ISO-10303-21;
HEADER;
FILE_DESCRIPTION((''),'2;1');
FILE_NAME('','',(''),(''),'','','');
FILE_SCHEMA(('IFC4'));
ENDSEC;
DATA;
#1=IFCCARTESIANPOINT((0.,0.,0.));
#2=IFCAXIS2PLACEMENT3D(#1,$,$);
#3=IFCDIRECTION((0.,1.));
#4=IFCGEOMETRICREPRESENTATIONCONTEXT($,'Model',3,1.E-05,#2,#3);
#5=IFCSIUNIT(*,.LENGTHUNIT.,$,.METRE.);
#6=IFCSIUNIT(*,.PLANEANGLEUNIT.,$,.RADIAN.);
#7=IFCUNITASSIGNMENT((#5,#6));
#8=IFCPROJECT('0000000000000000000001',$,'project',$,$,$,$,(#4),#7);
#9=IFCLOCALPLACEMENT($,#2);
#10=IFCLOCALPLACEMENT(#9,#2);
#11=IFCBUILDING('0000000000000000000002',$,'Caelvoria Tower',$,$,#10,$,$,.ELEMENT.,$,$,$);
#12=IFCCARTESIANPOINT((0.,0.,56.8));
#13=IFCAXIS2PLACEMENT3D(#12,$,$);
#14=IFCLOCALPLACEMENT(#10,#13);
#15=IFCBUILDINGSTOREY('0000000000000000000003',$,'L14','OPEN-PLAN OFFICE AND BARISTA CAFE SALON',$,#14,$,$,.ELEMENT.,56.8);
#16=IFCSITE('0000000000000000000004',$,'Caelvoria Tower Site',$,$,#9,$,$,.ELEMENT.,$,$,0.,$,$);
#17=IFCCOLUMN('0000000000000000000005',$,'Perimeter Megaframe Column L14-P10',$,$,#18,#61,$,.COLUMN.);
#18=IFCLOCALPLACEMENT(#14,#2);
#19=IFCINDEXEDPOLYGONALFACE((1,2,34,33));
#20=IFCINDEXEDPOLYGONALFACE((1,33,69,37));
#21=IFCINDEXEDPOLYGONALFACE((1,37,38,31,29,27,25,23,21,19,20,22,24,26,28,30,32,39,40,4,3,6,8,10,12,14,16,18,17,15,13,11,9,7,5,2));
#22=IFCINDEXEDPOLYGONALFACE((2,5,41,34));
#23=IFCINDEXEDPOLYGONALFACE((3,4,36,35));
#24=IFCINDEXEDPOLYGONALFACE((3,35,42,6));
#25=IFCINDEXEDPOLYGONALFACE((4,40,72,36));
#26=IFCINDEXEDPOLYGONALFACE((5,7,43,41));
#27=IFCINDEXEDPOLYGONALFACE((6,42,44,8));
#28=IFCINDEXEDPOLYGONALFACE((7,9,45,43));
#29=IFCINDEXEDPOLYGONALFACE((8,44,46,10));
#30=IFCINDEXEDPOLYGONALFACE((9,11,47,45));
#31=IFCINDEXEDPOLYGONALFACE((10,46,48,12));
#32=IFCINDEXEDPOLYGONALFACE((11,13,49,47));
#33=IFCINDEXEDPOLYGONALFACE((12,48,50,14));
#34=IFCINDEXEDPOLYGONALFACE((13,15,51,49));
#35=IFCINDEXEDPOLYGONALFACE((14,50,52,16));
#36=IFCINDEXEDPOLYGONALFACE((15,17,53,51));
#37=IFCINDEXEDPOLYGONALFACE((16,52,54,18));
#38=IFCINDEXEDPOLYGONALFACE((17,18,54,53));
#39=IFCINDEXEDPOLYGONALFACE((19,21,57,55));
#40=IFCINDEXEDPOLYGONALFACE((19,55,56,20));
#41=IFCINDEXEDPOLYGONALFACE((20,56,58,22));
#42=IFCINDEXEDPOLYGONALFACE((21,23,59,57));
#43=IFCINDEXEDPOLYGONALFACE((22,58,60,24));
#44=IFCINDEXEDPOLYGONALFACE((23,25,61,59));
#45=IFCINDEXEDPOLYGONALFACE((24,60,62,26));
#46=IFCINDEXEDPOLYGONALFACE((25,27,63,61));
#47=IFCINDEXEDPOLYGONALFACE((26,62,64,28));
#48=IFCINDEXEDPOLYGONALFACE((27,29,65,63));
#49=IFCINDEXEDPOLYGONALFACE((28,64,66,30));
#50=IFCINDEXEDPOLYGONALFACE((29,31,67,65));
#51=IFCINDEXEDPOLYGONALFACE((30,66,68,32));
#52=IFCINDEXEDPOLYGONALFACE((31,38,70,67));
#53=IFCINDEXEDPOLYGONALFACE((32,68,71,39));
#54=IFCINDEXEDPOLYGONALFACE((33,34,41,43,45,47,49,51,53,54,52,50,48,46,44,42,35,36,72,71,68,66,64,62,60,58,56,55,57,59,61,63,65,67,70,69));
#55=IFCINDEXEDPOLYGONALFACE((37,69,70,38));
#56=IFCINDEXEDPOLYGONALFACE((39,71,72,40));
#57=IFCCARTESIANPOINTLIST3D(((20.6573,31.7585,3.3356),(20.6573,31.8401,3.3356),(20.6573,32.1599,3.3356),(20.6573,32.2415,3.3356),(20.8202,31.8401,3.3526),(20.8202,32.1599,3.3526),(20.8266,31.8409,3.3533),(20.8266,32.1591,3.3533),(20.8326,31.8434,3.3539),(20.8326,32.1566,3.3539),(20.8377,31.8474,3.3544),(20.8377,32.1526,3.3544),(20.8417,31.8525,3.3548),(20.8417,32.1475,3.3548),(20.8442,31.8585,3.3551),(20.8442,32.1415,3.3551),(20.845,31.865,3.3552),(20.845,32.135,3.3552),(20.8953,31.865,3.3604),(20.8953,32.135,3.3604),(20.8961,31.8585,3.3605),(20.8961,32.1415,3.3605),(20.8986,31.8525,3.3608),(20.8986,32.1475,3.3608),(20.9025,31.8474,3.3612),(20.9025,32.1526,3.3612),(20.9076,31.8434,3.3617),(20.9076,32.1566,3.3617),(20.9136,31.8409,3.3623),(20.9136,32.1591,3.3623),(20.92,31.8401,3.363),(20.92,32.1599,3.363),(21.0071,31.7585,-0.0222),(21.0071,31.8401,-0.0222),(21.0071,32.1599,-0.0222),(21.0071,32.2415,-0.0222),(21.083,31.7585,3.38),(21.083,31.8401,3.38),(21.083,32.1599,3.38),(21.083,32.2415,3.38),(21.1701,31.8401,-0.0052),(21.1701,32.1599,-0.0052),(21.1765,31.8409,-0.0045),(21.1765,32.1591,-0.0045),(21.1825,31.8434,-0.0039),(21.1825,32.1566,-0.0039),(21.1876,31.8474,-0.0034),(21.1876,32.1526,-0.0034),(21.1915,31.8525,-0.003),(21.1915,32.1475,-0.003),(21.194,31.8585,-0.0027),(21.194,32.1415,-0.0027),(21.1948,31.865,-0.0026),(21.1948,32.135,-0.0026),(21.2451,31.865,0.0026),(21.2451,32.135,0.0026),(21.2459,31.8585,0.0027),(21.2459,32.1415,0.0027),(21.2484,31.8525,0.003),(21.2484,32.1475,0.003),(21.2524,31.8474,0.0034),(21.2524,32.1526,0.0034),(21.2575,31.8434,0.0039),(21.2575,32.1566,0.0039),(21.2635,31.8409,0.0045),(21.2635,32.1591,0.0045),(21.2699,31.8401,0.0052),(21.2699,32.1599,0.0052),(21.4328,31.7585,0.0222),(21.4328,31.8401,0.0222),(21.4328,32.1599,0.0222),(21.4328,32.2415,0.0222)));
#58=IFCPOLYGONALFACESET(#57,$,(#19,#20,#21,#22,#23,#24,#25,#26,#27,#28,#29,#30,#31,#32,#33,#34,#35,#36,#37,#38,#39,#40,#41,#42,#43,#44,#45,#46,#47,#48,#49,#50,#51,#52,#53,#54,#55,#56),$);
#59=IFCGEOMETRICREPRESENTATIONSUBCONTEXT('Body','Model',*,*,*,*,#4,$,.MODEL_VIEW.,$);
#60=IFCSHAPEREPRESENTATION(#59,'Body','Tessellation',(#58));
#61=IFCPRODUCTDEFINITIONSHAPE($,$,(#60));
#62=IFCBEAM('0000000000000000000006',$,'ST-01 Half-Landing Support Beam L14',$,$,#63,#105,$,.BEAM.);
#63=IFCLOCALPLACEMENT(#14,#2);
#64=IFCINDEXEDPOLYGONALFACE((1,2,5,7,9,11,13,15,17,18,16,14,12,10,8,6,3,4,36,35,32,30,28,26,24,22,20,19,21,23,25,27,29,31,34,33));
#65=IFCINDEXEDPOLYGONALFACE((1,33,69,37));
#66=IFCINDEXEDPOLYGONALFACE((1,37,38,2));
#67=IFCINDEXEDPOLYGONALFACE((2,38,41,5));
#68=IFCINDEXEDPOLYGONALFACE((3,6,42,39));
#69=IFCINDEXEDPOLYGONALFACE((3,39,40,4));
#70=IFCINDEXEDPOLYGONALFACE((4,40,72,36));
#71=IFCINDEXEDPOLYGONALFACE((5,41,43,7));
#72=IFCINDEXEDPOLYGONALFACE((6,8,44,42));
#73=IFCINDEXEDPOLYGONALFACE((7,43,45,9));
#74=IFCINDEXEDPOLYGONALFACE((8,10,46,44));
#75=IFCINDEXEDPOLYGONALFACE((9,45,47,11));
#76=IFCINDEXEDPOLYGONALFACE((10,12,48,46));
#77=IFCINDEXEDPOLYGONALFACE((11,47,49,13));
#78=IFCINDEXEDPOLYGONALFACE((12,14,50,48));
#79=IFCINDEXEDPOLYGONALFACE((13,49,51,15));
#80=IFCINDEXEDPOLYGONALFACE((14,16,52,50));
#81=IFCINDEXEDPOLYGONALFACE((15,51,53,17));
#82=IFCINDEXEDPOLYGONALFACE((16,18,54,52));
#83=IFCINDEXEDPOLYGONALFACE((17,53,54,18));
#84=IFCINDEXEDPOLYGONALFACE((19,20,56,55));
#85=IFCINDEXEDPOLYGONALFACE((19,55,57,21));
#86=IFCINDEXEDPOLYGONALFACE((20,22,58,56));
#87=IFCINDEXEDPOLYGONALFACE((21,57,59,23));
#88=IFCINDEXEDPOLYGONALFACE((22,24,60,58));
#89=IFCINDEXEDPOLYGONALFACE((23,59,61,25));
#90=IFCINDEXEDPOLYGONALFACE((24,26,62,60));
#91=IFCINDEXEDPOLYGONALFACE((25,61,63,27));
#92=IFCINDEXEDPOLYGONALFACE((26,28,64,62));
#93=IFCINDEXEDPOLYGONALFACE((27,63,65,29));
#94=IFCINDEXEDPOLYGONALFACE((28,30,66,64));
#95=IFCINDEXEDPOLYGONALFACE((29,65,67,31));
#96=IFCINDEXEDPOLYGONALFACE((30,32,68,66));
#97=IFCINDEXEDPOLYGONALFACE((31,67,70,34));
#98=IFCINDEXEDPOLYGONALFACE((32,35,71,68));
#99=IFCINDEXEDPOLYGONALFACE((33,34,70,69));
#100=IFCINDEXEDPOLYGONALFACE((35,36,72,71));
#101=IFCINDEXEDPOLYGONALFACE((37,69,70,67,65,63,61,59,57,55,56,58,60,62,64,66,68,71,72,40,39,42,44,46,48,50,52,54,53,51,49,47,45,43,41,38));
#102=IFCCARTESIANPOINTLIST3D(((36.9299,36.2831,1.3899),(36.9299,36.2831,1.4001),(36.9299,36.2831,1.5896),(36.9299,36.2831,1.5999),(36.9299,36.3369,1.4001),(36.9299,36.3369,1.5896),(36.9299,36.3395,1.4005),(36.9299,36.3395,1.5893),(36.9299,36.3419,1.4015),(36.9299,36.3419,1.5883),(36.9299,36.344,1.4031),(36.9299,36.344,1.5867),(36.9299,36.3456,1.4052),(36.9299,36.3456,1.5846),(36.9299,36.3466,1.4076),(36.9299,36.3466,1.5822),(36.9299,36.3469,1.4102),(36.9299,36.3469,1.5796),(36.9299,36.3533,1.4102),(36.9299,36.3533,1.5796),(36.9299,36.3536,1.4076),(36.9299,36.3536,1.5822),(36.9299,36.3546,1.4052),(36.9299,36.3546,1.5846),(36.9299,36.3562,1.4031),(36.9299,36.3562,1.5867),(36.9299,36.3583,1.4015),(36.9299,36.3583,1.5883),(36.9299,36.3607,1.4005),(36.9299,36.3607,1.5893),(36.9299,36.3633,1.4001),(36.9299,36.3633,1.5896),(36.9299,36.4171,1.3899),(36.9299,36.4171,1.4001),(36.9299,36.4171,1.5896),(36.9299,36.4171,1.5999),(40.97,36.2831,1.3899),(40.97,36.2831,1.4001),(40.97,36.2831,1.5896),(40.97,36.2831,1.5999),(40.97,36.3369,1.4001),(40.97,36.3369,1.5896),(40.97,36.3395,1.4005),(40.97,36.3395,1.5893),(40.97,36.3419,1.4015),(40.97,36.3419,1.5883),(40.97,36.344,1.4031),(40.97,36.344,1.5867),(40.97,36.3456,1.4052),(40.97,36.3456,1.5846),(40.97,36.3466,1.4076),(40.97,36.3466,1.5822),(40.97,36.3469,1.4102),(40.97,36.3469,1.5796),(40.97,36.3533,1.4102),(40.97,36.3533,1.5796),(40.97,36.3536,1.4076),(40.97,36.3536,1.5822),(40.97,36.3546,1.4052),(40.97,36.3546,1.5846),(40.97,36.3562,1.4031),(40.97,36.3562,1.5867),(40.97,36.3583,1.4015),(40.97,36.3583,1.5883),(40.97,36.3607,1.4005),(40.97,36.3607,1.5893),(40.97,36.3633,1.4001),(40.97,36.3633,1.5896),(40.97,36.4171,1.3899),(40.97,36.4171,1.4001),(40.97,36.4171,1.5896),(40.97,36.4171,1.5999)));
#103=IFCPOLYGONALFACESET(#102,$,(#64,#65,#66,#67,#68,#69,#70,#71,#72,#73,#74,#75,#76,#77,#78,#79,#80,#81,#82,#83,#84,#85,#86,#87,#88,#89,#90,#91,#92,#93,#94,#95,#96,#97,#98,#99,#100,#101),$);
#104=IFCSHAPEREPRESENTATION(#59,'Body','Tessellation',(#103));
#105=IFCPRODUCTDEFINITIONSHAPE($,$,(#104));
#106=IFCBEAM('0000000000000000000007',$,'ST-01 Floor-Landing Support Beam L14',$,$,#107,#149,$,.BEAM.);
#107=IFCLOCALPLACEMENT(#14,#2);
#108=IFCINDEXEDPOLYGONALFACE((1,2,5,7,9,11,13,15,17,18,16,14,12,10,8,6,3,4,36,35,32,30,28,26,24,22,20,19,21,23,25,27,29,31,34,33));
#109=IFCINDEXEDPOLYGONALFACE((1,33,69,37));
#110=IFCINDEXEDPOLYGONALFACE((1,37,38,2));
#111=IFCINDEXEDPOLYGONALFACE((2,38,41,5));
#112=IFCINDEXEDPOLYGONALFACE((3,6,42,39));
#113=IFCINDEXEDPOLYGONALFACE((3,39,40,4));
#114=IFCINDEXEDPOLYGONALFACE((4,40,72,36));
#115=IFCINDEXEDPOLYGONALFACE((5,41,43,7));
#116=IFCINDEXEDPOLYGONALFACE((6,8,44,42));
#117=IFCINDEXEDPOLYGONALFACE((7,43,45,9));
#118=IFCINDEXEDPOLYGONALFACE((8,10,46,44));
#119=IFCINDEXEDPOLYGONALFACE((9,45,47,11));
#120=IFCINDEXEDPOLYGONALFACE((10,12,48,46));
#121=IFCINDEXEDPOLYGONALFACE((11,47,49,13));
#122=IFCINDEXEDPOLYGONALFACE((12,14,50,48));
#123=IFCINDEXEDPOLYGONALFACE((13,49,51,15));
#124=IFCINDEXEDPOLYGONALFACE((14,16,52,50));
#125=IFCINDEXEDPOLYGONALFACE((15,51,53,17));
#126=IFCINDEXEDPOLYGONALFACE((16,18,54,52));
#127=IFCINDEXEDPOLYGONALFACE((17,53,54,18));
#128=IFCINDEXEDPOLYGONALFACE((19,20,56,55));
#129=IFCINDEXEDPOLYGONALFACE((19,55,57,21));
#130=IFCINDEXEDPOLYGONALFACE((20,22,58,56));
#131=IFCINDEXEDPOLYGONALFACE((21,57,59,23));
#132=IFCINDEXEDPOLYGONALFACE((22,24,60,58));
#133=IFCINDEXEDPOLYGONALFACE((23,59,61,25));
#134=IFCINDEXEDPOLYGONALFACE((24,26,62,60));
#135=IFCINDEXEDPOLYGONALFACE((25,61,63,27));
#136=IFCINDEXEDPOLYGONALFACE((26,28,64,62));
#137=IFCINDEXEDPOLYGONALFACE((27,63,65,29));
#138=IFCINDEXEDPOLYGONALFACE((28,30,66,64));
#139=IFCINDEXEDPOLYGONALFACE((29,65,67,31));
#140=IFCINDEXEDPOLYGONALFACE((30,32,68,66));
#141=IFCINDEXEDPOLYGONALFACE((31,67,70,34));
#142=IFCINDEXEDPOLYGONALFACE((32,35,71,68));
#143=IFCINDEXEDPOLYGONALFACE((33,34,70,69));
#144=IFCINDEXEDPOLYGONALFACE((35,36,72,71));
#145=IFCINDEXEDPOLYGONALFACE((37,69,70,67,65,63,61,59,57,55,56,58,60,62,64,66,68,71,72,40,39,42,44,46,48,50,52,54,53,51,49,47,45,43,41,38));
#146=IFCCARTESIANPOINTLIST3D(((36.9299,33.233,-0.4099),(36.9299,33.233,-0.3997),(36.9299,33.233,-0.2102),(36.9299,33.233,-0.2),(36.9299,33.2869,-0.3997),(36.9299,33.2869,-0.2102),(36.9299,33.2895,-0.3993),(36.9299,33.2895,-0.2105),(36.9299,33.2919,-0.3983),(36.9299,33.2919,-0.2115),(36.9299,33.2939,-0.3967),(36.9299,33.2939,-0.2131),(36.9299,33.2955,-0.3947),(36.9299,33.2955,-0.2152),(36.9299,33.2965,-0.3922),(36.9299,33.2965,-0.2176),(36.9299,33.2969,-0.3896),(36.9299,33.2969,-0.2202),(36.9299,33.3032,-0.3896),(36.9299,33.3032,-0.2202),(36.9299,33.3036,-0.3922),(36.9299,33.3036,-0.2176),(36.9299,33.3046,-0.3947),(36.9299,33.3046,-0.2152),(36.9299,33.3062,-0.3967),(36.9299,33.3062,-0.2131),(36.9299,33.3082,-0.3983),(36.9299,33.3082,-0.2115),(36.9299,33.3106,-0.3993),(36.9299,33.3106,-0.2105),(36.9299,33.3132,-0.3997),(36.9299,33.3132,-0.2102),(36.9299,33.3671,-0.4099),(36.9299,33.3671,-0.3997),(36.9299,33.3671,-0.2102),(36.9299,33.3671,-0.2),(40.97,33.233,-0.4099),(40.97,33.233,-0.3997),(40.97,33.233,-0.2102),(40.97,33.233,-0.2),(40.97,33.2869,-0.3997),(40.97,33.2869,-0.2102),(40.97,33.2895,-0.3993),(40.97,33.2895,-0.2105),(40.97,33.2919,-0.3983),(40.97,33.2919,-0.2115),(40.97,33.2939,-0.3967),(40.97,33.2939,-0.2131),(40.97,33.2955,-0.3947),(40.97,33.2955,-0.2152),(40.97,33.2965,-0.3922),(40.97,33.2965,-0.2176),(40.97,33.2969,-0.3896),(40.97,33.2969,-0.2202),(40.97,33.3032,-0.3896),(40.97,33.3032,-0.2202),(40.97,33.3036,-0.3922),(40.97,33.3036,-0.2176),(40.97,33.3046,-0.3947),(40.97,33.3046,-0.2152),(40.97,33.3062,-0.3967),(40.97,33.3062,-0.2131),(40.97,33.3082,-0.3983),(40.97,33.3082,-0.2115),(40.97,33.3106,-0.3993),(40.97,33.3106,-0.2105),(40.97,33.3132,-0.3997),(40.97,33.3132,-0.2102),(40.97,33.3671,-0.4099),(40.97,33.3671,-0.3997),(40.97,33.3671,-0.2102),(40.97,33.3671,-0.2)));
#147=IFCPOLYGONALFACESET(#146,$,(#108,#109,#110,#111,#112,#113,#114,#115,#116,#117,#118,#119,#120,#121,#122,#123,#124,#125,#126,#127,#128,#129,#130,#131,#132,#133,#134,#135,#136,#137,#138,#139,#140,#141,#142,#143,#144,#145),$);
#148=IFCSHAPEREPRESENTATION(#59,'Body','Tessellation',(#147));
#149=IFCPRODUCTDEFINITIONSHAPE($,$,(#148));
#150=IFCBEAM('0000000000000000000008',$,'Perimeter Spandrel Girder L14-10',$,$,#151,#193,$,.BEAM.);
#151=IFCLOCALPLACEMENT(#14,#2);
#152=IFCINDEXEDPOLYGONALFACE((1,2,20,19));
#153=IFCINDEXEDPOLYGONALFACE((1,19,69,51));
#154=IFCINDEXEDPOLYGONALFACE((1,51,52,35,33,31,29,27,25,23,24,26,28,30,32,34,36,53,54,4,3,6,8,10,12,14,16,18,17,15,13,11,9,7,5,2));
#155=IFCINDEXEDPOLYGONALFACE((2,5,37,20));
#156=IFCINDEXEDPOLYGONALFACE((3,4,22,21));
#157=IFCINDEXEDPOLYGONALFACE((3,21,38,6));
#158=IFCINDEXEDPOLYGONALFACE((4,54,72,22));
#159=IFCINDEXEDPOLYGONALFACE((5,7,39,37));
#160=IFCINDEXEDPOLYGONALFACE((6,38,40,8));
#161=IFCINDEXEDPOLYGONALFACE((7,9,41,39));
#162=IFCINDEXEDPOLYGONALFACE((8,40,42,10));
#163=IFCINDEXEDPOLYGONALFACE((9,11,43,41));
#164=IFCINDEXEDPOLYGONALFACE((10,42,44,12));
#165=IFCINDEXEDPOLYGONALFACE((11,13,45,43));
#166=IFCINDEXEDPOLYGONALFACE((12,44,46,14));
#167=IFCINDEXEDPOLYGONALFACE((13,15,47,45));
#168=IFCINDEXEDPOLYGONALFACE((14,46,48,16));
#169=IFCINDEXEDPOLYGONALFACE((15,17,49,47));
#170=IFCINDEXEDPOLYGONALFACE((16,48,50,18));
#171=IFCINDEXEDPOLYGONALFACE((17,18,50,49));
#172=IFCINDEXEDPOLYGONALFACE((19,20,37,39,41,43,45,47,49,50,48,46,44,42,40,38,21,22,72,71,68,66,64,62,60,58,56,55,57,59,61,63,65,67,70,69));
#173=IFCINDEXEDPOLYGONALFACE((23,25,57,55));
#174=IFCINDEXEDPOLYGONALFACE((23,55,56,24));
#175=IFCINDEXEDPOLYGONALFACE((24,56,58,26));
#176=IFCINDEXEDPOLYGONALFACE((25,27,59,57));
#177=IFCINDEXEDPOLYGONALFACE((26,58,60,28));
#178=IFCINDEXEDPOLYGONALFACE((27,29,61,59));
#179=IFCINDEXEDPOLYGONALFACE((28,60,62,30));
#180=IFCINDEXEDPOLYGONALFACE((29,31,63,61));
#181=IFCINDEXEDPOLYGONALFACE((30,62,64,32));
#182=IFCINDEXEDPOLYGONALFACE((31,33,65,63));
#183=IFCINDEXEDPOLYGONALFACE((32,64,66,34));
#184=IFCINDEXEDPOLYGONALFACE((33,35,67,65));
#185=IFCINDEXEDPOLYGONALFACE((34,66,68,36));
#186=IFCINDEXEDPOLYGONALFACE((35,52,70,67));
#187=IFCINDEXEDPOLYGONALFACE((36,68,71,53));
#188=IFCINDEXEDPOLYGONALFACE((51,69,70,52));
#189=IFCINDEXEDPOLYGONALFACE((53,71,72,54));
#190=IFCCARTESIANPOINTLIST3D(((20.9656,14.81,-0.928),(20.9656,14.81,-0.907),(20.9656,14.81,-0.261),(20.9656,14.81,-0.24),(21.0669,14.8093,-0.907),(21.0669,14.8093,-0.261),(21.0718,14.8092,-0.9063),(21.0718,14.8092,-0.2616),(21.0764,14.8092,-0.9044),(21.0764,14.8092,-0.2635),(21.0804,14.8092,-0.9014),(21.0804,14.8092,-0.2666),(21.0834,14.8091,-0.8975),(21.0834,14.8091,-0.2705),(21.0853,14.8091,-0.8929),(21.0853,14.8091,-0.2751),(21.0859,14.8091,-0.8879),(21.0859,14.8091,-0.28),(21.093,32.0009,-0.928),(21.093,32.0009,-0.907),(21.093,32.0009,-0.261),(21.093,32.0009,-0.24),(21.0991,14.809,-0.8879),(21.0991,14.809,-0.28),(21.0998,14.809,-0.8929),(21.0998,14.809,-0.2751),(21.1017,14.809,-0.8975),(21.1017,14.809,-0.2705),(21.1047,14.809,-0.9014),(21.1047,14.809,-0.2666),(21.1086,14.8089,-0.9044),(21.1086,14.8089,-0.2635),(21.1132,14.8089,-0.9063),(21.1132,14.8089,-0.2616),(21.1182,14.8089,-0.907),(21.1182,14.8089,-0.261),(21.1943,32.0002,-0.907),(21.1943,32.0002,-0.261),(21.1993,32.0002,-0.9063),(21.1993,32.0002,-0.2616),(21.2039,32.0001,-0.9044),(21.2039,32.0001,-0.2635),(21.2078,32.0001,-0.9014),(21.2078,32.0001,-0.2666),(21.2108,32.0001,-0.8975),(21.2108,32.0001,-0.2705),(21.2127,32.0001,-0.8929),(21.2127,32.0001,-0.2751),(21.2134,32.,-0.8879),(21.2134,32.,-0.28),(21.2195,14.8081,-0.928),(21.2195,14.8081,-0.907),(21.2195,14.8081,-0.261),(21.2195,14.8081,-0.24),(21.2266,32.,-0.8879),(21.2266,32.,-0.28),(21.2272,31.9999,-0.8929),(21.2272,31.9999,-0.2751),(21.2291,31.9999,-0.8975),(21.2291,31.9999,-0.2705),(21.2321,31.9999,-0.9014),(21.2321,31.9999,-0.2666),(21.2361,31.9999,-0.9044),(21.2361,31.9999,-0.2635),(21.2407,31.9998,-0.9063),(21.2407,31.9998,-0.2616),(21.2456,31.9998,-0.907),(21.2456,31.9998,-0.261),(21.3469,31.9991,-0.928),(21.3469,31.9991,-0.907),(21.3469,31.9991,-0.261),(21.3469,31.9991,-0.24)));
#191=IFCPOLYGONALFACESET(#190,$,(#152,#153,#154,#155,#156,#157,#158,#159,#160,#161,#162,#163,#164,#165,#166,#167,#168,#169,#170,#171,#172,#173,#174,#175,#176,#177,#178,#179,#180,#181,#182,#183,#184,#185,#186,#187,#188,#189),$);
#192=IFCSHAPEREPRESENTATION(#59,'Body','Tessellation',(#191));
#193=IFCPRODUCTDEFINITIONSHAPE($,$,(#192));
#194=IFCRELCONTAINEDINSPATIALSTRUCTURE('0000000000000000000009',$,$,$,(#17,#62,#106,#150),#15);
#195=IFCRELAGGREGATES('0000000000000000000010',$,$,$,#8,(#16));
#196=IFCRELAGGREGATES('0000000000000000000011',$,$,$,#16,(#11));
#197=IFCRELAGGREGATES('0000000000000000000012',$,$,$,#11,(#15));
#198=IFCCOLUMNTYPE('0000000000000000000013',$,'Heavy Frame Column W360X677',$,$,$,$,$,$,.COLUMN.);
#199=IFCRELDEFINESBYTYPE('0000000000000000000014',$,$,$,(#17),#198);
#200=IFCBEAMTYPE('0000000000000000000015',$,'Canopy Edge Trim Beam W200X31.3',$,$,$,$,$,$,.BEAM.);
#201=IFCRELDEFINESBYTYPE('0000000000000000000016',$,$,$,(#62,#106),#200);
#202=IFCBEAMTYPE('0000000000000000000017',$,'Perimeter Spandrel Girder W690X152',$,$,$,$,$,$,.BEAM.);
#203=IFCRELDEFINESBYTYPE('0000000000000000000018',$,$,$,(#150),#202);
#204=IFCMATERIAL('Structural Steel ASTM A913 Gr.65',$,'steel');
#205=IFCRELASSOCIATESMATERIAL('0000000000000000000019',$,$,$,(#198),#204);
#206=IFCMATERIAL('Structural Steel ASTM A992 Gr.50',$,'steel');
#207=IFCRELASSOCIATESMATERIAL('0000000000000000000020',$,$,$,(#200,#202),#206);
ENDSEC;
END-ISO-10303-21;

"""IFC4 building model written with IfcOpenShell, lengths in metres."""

from ifc_helpers import new_model, si_unit, direction, frame, origin, origin_2d, place, context, subcontext, project, spatial, i_section, extrude, material, material_profile, profile_set, type_object, element, save


model = new_model("IFC4")

# Units and contexts
model_context = context("Model", 3, precision=1e-05, world=origin(), true_north=direction((0.0, 1.0)))
body_context = subcontext(model_context, "Body", "Model", "MODEL_VIEW")
ifc_project = project(units=[si_unit("LENGTHUNIT", "METRE"), si_unit("PLANEANGLEUNIT", "RADIAN")], contexts=[model_context])

# Site, building, storey
site_placement = place(None, origin())
site = spatial("IfcSite", under=ifc_project, at=site_placement, Name="Caelvoria Tower Site", CompositionType="ELEMENT", RefElevation=0.0)
building_placement = place(site_placement, origin())
building = spatial("IfcBuilding", under=site, at=building_placement, Name="Caelvoria Tower", CompositionType="ELEMENT")
storey_placement = place(building_placement, frame((0.0, 0.0, 56.8)))
storey = spatial("IfcBuildingStorey", under=building, at=storey_placement, Name="L14", Description="OPEN-PLAN OFFICE AND BARISTA CAFE SALON", CompositionType="ELEMENT", Elevation=56.8)

# Column
ifc_material_1 = material(Name="Structural Steel ASTM A913 Gr.65", Category="steel")
ifc_material_profile_1 = material_profile(ifc_material_1, i_section(OverallWidth=0.428, OverallDepth=0.4829, WebThickness=0.0505, FlangeThickness=0.0815, FilletRadius=0.0249, at=origin_2d()), Name="Structural Steel ASTM A913 Gr.65")
ifc_profile_set_1 = profile_set([ifc_material_profile_1], Name="W360X677 - Structural Steel ASTM A913 Gr.65")
column_type = type_object("IfcColumnType", Name="Heavy Frame Column W360X677", PredefinedType="COLUMN", material=ifc_profile_set_1)
column_placement = place(storey_placement, frame((21.22, 32.0, 0.0), z_axis=(-0.103627, 0.0, 0.994616), x_axis=(0.994616, 0.0, 0.103627)))
element("IfcColumn", 1, at=column_placement, inside=storey, type_object=column_type, Name="Perimeter Megaframe Column L14-P10", PredefinedType="COLUMN", context=body_context, shape_type="SweptSolid", body=[
    extrude(i_section(OverallWidth=0.428, OverallDepth=0.4829, WebThickness=0.0505, FlangeThickness=0.0815, FilletRadius=0.0249, at=origin_2d()), origin(), (0.0, 0.0, 1.0), 3.376),
])

# Beams
ifc_material_2 = material(Name="Structural Steel ASTM A992 Gr.50", Category="steel")
ifc_material_profile_2 = material_profile(ifc_material_2, i_section(OverallWidth=0.134, OverallDepth=0.21, WebThickness=0.0063, FlangeThickness=0.0103, FilletRadius=0.01, at=origin_2d()), Name="Structural Steel ASTM A992 Gr.50")
ifc_profile_set_2 = profile_set([ifc_material_profile_2], Name="W200X31.3 - Structural Steel ASTM A992 Gr.50")
beam_type_1 = type_object("IfcBeamType", Name="Canopy Edge Trim Beam W200X31.3", PredefinedType="BEAM", material=ifc_profile_set_2)
for number, where, z_axis, x_axis, name in (
    (2, (36.9299, 36.3501, 1.4949), (1.0, 0.0, 0.0), (0.0, 1.0, 0.0), "ST-01 Half-Landing Support Beam L14"),
    (3, (36.9299, 33.3, -0.3049), (1.0, 0.0, 0.0), (0.0, 1.0, 0.0), "ST-01 Floor-Landing Support Beam L14"),
):
    element("IfcBeam", number, at=place(storey_placement, frame(where, z_axis=z_axis, x_axis=x_axis)), inside=storey, type_object=beam_type_1, Name=name, PredefinedType="BEAM", context=body_context, shape_type="SweptSolid", body=[
        extrude(i_section(OverallWidth=0.134, OverallDepth=0.21, WebThickness=0.0063, FlangeThickness=0.0103, FilletRadius=0.01, at=origin_2d()), origin(), (0.0, 0.0, 1.0), 4.04),
    ])
ifc_material_profile_3 = material_profile(ifc_material_2, i_section(OverallWidth=0.2539, OverallDepth=0.688, WebThickness=0.0132, FlangeThickness=0.021, FilletRadius=0.019, at=origin_2d()), Name="Structural Steel ASTM A992 Gr.50")
ifc_profile_set_3 = profile_set([ifc_material_profile_3], Name="W690X152 - Structural Steel ASTM A992 Gr.50")
beam_type_2 = type_object("IfcBeamType", Name="Perimeter Spandrel Girder W690X152", PredefinedType="BEAM", material=ifc_profile_set_3)
beam_1_placement = place(storey_placement, frame((21.22, 32.0, -0.584), z_axis=(-0.007413, -0.999973, 0.0), x_axis=(0.999973, -0.007413, 0.0)))
element("IfcBeam", 4, at=beam_1_placement, inside=storey, type_object=beam_type_2, Name="Perimeter Spandrel Girder L14-10", PredefinedType="BEAM", context=body_context, shape_type="SweptSolid", body=[
    extrude(i_section(OverallWidth=0.2539, OverallDepth=0.688, WebThickness=0.0132, FlangeThickness=0.021, FilletRadius=0.019, at=origin_2d()), origin(), (0.0, 0.0, 1.0), 17.1914),
])

save(model, "model.ifc")
